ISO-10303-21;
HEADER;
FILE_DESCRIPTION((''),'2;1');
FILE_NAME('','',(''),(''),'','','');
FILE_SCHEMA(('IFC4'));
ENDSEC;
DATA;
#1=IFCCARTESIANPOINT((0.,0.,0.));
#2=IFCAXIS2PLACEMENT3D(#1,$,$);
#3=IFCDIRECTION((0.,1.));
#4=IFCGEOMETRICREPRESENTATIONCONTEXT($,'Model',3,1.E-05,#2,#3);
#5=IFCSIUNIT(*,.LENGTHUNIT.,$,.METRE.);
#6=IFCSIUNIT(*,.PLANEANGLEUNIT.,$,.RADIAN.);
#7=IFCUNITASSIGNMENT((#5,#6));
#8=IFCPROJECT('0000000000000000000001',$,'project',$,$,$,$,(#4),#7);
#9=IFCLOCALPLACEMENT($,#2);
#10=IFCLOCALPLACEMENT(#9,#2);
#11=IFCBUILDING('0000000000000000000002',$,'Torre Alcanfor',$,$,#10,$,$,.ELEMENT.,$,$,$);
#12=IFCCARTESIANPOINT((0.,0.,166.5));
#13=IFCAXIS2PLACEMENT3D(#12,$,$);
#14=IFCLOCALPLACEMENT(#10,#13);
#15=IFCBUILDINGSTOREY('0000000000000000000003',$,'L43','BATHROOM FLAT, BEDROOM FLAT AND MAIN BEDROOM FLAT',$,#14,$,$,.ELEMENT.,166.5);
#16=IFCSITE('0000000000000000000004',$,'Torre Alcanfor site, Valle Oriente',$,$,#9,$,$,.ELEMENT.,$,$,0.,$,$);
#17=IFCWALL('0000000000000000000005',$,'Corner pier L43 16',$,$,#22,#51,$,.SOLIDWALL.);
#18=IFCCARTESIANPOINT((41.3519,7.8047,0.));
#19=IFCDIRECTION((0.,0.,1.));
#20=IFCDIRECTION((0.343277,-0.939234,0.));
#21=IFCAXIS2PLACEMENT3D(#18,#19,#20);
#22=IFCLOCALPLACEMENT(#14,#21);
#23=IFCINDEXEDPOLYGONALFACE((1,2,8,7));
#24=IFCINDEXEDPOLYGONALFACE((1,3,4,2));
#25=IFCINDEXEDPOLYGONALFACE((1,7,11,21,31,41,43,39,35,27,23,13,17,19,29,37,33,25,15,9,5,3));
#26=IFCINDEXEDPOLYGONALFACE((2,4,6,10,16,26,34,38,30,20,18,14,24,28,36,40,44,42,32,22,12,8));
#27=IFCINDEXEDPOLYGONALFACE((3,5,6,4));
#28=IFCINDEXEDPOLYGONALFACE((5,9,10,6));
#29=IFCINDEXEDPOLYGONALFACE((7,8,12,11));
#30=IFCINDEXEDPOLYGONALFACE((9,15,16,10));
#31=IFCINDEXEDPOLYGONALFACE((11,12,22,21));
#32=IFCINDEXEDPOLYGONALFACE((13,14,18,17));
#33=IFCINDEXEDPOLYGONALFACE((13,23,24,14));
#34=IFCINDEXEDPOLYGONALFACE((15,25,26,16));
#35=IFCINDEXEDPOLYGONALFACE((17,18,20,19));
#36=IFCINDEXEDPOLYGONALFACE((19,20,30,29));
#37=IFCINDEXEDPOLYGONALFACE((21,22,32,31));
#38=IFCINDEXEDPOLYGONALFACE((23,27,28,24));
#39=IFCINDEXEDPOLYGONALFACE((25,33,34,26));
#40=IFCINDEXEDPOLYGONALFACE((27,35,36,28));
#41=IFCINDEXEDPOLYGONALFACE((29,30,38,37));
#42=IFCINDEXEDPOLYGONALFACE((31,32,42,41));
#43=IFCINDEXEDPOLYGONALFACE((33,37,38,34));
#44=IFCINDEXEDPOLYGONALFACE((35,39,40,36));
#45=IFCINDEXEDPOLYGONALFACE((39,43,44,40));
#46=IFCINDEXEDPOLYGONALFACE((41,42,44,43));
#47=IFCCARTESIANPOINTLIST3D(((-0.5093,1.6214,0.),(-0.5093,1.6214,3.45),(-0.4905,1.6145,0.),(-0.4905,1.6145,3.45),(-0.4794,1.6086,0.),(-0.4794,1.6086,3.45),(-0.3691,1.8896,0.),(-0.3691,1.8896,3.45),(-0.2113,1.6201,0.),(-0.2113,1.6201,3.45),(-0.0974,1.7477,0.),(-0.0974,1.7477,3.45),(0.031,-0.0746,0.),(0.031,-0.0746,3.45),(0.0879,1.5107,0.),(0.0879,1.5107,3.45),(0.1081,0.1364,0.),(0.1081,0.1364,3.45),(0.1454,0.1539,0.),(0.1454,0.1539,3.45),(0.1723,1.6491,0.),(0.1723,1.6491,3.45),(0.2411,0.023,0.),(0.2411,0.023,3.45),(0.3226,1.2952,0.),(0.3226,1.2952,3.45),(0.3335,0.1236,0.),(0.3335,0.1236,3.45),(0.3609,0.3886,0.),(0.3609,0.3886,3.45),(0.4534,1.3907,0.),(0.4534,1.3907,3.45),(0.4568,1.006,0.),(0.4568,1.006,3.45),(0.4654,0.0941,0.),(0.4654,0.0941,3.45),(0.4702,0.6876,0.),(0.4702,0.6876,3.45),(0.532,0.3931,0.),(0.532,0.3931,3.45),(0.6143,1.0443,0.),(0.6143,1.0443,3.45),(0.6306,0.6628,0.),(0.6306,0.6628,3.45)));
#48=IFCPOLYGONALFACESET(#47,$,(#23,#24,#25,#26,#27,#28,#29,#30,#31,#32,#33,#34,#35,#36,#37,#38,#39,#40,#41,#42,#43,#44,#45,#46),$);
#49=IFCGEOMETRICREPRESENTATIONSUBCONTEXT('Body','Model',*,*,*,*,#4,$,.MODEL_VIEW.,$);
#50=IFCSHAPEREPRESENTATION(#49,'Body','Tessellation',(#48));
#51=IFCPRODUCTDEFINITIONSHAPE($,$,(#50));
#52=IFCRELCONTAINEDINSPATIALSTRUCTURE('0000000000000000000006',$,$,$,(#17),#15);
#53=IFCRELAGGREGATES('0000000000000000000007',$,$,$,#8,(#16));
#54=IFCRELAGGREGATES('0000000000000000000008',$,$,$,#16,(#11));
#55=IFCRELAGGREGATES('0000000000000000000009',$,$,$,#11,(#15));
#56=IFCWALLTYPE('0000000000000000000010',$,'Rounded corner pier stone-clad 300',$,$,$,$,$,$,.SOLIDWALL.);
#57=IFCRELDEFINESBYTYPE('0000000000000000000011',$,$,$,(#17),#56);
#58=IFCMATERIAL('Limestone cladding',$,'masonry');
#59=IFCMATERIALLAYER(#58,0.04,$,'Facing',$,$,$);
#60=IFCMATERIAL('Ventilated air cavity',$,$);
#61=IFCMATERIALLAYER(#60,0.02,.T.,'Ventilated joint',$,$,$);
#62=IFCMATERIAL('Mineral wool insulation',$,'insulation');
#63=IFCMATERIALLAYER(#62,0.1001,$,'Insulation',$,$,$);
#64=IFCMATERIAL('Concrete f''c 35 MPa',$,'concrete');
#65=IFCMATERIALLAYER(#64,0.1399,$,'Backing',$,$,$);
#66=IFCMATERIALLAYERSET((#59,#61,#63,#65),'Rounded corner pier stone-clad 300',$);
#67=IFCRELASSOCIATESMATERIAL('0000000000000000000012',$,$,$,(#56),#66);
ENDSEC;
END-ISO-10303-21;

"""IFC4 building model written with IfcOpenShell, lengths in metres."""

from ifc_helpers import new_model, si_unit, direction, frame, origin, place, context, subcontext, project, spatial, polyline, outline, extrude, material, layer, layer_set, type_object, element, save


model = new_model("IFC4")

# Units and contexts
model_context = context("Model", 3, precision=1e-05, world=origin(), true_north=direction((0.0, 1.0)))
body_context = subcontext(model_context, "Body", "Model", "MODEL_VIEW")
ifc_project = project(units=[si_unit("LENGTHUNIT", "METRE"), si_unit("PLANEANGLEUNIT", "RADIAN")], contexts=[model_context])

# Site, building, storey
site_placement = place(None, origin())
site = spatial("IfcSite", under=ifc_project, at=site_placement, Name="Torre Alcanfor site, Valle Oriente", CompositionType="ELEMENT", RefElevation=0.0)
building_placement = place(site_placement, origin())
building = spatial("IfcBuilding", under=site, at=building_placement, Name="Torre Alcanfor", CompositionType="ELEMENT")
storey_placement = place(building_placement, frame((0.0, 0.0, 166.5)))
storey = spatial("IfcBuildingStorey", under=building, at=storey_placement, Name="L43", Description="BATHROOM FLAT, BEDROOM FLAT AND MAIN BEDROOM FLAT", CompositionType="ELEMENT", Elevation=166.5)

# Wall
ifc_material_1 = material(Name="Limestone cladding", Category="masonry")
ifc_layer_1 = layer(ifc_material_1, 0.04, Name="Facing")
ifc_material_2 = material(Name="Ventilated air cavity")
ifc_layer_2 = layer(ifc_material_2, 0.02, ventilated=True, Name="Ventilated joint")
ifc_material_3 = material(Name="Mineral wool insulation", Category="insulation")
ifc_layer_3 = layer(ifc_material_3, 0.1001, Name="Insulation")
ifc_material_4 = material(Name="Concrete f'c 35 MPa", Category="concrete")
ifc_layer_4 = layer(ifc_material_4, 0.1399, Name="Backing")
ifc_layer_set_1 = layer_set([ifc_layer_1, ifc_layer_2, ifc_layer_3, ifc_layer_4], Name="Rounded corner pier stone-clad 300")
wall_type_1 = type_object("IfcWallType", Name="Rounded corner pier stone-clad 300", PredefinedType="SOLIDWALL", material=ifc_layer_set_1)
wall_1_placement = place(storey_placement, frame((41.3519, 7.8047, 0.0), z_axis=(0.0, 0.0, 1.0), x_axis=(0.343277, -0.939234, 0.0)))
element("IfcWall", 1, at=wall_1_placement, inside=storey, type_object=wall_type_1, Name="Corner pier L43 16", PredefinedType="SOLIDWALL", context=body_context, shape_type="SweptSolid", body=[
    extrude(outline(polyline([(-0.3691, 1.8896), (-0.5093, 1.6214), (-0.4905, 1.6145), (-0.4794, 1.6086), (-0.2113, 1.6201), (0.0879, 1.5107), (0.3226, 1.2952), (0.4568, 1.006), (0.4702, 0.6876), (0.3609, 0.3886), (0.1454, 0.1539), (0.1081, 0.1364), (0.031, -0.0746), (0.2411, 0.023), (0.3335, 0.1236), (0.4654, 0.0941), (0.532, 0.3931), (0.6306, 0.6628), (0.6143, 1.0443), (0.4534, 1.3907), (0.1723, 1.6491), (-0.0974, 1.7477), (-0.3691, 1.8896)])), origin(), (0.0, 0.0, 1.0), 3.45),
])

save(model, "model.ifc")
